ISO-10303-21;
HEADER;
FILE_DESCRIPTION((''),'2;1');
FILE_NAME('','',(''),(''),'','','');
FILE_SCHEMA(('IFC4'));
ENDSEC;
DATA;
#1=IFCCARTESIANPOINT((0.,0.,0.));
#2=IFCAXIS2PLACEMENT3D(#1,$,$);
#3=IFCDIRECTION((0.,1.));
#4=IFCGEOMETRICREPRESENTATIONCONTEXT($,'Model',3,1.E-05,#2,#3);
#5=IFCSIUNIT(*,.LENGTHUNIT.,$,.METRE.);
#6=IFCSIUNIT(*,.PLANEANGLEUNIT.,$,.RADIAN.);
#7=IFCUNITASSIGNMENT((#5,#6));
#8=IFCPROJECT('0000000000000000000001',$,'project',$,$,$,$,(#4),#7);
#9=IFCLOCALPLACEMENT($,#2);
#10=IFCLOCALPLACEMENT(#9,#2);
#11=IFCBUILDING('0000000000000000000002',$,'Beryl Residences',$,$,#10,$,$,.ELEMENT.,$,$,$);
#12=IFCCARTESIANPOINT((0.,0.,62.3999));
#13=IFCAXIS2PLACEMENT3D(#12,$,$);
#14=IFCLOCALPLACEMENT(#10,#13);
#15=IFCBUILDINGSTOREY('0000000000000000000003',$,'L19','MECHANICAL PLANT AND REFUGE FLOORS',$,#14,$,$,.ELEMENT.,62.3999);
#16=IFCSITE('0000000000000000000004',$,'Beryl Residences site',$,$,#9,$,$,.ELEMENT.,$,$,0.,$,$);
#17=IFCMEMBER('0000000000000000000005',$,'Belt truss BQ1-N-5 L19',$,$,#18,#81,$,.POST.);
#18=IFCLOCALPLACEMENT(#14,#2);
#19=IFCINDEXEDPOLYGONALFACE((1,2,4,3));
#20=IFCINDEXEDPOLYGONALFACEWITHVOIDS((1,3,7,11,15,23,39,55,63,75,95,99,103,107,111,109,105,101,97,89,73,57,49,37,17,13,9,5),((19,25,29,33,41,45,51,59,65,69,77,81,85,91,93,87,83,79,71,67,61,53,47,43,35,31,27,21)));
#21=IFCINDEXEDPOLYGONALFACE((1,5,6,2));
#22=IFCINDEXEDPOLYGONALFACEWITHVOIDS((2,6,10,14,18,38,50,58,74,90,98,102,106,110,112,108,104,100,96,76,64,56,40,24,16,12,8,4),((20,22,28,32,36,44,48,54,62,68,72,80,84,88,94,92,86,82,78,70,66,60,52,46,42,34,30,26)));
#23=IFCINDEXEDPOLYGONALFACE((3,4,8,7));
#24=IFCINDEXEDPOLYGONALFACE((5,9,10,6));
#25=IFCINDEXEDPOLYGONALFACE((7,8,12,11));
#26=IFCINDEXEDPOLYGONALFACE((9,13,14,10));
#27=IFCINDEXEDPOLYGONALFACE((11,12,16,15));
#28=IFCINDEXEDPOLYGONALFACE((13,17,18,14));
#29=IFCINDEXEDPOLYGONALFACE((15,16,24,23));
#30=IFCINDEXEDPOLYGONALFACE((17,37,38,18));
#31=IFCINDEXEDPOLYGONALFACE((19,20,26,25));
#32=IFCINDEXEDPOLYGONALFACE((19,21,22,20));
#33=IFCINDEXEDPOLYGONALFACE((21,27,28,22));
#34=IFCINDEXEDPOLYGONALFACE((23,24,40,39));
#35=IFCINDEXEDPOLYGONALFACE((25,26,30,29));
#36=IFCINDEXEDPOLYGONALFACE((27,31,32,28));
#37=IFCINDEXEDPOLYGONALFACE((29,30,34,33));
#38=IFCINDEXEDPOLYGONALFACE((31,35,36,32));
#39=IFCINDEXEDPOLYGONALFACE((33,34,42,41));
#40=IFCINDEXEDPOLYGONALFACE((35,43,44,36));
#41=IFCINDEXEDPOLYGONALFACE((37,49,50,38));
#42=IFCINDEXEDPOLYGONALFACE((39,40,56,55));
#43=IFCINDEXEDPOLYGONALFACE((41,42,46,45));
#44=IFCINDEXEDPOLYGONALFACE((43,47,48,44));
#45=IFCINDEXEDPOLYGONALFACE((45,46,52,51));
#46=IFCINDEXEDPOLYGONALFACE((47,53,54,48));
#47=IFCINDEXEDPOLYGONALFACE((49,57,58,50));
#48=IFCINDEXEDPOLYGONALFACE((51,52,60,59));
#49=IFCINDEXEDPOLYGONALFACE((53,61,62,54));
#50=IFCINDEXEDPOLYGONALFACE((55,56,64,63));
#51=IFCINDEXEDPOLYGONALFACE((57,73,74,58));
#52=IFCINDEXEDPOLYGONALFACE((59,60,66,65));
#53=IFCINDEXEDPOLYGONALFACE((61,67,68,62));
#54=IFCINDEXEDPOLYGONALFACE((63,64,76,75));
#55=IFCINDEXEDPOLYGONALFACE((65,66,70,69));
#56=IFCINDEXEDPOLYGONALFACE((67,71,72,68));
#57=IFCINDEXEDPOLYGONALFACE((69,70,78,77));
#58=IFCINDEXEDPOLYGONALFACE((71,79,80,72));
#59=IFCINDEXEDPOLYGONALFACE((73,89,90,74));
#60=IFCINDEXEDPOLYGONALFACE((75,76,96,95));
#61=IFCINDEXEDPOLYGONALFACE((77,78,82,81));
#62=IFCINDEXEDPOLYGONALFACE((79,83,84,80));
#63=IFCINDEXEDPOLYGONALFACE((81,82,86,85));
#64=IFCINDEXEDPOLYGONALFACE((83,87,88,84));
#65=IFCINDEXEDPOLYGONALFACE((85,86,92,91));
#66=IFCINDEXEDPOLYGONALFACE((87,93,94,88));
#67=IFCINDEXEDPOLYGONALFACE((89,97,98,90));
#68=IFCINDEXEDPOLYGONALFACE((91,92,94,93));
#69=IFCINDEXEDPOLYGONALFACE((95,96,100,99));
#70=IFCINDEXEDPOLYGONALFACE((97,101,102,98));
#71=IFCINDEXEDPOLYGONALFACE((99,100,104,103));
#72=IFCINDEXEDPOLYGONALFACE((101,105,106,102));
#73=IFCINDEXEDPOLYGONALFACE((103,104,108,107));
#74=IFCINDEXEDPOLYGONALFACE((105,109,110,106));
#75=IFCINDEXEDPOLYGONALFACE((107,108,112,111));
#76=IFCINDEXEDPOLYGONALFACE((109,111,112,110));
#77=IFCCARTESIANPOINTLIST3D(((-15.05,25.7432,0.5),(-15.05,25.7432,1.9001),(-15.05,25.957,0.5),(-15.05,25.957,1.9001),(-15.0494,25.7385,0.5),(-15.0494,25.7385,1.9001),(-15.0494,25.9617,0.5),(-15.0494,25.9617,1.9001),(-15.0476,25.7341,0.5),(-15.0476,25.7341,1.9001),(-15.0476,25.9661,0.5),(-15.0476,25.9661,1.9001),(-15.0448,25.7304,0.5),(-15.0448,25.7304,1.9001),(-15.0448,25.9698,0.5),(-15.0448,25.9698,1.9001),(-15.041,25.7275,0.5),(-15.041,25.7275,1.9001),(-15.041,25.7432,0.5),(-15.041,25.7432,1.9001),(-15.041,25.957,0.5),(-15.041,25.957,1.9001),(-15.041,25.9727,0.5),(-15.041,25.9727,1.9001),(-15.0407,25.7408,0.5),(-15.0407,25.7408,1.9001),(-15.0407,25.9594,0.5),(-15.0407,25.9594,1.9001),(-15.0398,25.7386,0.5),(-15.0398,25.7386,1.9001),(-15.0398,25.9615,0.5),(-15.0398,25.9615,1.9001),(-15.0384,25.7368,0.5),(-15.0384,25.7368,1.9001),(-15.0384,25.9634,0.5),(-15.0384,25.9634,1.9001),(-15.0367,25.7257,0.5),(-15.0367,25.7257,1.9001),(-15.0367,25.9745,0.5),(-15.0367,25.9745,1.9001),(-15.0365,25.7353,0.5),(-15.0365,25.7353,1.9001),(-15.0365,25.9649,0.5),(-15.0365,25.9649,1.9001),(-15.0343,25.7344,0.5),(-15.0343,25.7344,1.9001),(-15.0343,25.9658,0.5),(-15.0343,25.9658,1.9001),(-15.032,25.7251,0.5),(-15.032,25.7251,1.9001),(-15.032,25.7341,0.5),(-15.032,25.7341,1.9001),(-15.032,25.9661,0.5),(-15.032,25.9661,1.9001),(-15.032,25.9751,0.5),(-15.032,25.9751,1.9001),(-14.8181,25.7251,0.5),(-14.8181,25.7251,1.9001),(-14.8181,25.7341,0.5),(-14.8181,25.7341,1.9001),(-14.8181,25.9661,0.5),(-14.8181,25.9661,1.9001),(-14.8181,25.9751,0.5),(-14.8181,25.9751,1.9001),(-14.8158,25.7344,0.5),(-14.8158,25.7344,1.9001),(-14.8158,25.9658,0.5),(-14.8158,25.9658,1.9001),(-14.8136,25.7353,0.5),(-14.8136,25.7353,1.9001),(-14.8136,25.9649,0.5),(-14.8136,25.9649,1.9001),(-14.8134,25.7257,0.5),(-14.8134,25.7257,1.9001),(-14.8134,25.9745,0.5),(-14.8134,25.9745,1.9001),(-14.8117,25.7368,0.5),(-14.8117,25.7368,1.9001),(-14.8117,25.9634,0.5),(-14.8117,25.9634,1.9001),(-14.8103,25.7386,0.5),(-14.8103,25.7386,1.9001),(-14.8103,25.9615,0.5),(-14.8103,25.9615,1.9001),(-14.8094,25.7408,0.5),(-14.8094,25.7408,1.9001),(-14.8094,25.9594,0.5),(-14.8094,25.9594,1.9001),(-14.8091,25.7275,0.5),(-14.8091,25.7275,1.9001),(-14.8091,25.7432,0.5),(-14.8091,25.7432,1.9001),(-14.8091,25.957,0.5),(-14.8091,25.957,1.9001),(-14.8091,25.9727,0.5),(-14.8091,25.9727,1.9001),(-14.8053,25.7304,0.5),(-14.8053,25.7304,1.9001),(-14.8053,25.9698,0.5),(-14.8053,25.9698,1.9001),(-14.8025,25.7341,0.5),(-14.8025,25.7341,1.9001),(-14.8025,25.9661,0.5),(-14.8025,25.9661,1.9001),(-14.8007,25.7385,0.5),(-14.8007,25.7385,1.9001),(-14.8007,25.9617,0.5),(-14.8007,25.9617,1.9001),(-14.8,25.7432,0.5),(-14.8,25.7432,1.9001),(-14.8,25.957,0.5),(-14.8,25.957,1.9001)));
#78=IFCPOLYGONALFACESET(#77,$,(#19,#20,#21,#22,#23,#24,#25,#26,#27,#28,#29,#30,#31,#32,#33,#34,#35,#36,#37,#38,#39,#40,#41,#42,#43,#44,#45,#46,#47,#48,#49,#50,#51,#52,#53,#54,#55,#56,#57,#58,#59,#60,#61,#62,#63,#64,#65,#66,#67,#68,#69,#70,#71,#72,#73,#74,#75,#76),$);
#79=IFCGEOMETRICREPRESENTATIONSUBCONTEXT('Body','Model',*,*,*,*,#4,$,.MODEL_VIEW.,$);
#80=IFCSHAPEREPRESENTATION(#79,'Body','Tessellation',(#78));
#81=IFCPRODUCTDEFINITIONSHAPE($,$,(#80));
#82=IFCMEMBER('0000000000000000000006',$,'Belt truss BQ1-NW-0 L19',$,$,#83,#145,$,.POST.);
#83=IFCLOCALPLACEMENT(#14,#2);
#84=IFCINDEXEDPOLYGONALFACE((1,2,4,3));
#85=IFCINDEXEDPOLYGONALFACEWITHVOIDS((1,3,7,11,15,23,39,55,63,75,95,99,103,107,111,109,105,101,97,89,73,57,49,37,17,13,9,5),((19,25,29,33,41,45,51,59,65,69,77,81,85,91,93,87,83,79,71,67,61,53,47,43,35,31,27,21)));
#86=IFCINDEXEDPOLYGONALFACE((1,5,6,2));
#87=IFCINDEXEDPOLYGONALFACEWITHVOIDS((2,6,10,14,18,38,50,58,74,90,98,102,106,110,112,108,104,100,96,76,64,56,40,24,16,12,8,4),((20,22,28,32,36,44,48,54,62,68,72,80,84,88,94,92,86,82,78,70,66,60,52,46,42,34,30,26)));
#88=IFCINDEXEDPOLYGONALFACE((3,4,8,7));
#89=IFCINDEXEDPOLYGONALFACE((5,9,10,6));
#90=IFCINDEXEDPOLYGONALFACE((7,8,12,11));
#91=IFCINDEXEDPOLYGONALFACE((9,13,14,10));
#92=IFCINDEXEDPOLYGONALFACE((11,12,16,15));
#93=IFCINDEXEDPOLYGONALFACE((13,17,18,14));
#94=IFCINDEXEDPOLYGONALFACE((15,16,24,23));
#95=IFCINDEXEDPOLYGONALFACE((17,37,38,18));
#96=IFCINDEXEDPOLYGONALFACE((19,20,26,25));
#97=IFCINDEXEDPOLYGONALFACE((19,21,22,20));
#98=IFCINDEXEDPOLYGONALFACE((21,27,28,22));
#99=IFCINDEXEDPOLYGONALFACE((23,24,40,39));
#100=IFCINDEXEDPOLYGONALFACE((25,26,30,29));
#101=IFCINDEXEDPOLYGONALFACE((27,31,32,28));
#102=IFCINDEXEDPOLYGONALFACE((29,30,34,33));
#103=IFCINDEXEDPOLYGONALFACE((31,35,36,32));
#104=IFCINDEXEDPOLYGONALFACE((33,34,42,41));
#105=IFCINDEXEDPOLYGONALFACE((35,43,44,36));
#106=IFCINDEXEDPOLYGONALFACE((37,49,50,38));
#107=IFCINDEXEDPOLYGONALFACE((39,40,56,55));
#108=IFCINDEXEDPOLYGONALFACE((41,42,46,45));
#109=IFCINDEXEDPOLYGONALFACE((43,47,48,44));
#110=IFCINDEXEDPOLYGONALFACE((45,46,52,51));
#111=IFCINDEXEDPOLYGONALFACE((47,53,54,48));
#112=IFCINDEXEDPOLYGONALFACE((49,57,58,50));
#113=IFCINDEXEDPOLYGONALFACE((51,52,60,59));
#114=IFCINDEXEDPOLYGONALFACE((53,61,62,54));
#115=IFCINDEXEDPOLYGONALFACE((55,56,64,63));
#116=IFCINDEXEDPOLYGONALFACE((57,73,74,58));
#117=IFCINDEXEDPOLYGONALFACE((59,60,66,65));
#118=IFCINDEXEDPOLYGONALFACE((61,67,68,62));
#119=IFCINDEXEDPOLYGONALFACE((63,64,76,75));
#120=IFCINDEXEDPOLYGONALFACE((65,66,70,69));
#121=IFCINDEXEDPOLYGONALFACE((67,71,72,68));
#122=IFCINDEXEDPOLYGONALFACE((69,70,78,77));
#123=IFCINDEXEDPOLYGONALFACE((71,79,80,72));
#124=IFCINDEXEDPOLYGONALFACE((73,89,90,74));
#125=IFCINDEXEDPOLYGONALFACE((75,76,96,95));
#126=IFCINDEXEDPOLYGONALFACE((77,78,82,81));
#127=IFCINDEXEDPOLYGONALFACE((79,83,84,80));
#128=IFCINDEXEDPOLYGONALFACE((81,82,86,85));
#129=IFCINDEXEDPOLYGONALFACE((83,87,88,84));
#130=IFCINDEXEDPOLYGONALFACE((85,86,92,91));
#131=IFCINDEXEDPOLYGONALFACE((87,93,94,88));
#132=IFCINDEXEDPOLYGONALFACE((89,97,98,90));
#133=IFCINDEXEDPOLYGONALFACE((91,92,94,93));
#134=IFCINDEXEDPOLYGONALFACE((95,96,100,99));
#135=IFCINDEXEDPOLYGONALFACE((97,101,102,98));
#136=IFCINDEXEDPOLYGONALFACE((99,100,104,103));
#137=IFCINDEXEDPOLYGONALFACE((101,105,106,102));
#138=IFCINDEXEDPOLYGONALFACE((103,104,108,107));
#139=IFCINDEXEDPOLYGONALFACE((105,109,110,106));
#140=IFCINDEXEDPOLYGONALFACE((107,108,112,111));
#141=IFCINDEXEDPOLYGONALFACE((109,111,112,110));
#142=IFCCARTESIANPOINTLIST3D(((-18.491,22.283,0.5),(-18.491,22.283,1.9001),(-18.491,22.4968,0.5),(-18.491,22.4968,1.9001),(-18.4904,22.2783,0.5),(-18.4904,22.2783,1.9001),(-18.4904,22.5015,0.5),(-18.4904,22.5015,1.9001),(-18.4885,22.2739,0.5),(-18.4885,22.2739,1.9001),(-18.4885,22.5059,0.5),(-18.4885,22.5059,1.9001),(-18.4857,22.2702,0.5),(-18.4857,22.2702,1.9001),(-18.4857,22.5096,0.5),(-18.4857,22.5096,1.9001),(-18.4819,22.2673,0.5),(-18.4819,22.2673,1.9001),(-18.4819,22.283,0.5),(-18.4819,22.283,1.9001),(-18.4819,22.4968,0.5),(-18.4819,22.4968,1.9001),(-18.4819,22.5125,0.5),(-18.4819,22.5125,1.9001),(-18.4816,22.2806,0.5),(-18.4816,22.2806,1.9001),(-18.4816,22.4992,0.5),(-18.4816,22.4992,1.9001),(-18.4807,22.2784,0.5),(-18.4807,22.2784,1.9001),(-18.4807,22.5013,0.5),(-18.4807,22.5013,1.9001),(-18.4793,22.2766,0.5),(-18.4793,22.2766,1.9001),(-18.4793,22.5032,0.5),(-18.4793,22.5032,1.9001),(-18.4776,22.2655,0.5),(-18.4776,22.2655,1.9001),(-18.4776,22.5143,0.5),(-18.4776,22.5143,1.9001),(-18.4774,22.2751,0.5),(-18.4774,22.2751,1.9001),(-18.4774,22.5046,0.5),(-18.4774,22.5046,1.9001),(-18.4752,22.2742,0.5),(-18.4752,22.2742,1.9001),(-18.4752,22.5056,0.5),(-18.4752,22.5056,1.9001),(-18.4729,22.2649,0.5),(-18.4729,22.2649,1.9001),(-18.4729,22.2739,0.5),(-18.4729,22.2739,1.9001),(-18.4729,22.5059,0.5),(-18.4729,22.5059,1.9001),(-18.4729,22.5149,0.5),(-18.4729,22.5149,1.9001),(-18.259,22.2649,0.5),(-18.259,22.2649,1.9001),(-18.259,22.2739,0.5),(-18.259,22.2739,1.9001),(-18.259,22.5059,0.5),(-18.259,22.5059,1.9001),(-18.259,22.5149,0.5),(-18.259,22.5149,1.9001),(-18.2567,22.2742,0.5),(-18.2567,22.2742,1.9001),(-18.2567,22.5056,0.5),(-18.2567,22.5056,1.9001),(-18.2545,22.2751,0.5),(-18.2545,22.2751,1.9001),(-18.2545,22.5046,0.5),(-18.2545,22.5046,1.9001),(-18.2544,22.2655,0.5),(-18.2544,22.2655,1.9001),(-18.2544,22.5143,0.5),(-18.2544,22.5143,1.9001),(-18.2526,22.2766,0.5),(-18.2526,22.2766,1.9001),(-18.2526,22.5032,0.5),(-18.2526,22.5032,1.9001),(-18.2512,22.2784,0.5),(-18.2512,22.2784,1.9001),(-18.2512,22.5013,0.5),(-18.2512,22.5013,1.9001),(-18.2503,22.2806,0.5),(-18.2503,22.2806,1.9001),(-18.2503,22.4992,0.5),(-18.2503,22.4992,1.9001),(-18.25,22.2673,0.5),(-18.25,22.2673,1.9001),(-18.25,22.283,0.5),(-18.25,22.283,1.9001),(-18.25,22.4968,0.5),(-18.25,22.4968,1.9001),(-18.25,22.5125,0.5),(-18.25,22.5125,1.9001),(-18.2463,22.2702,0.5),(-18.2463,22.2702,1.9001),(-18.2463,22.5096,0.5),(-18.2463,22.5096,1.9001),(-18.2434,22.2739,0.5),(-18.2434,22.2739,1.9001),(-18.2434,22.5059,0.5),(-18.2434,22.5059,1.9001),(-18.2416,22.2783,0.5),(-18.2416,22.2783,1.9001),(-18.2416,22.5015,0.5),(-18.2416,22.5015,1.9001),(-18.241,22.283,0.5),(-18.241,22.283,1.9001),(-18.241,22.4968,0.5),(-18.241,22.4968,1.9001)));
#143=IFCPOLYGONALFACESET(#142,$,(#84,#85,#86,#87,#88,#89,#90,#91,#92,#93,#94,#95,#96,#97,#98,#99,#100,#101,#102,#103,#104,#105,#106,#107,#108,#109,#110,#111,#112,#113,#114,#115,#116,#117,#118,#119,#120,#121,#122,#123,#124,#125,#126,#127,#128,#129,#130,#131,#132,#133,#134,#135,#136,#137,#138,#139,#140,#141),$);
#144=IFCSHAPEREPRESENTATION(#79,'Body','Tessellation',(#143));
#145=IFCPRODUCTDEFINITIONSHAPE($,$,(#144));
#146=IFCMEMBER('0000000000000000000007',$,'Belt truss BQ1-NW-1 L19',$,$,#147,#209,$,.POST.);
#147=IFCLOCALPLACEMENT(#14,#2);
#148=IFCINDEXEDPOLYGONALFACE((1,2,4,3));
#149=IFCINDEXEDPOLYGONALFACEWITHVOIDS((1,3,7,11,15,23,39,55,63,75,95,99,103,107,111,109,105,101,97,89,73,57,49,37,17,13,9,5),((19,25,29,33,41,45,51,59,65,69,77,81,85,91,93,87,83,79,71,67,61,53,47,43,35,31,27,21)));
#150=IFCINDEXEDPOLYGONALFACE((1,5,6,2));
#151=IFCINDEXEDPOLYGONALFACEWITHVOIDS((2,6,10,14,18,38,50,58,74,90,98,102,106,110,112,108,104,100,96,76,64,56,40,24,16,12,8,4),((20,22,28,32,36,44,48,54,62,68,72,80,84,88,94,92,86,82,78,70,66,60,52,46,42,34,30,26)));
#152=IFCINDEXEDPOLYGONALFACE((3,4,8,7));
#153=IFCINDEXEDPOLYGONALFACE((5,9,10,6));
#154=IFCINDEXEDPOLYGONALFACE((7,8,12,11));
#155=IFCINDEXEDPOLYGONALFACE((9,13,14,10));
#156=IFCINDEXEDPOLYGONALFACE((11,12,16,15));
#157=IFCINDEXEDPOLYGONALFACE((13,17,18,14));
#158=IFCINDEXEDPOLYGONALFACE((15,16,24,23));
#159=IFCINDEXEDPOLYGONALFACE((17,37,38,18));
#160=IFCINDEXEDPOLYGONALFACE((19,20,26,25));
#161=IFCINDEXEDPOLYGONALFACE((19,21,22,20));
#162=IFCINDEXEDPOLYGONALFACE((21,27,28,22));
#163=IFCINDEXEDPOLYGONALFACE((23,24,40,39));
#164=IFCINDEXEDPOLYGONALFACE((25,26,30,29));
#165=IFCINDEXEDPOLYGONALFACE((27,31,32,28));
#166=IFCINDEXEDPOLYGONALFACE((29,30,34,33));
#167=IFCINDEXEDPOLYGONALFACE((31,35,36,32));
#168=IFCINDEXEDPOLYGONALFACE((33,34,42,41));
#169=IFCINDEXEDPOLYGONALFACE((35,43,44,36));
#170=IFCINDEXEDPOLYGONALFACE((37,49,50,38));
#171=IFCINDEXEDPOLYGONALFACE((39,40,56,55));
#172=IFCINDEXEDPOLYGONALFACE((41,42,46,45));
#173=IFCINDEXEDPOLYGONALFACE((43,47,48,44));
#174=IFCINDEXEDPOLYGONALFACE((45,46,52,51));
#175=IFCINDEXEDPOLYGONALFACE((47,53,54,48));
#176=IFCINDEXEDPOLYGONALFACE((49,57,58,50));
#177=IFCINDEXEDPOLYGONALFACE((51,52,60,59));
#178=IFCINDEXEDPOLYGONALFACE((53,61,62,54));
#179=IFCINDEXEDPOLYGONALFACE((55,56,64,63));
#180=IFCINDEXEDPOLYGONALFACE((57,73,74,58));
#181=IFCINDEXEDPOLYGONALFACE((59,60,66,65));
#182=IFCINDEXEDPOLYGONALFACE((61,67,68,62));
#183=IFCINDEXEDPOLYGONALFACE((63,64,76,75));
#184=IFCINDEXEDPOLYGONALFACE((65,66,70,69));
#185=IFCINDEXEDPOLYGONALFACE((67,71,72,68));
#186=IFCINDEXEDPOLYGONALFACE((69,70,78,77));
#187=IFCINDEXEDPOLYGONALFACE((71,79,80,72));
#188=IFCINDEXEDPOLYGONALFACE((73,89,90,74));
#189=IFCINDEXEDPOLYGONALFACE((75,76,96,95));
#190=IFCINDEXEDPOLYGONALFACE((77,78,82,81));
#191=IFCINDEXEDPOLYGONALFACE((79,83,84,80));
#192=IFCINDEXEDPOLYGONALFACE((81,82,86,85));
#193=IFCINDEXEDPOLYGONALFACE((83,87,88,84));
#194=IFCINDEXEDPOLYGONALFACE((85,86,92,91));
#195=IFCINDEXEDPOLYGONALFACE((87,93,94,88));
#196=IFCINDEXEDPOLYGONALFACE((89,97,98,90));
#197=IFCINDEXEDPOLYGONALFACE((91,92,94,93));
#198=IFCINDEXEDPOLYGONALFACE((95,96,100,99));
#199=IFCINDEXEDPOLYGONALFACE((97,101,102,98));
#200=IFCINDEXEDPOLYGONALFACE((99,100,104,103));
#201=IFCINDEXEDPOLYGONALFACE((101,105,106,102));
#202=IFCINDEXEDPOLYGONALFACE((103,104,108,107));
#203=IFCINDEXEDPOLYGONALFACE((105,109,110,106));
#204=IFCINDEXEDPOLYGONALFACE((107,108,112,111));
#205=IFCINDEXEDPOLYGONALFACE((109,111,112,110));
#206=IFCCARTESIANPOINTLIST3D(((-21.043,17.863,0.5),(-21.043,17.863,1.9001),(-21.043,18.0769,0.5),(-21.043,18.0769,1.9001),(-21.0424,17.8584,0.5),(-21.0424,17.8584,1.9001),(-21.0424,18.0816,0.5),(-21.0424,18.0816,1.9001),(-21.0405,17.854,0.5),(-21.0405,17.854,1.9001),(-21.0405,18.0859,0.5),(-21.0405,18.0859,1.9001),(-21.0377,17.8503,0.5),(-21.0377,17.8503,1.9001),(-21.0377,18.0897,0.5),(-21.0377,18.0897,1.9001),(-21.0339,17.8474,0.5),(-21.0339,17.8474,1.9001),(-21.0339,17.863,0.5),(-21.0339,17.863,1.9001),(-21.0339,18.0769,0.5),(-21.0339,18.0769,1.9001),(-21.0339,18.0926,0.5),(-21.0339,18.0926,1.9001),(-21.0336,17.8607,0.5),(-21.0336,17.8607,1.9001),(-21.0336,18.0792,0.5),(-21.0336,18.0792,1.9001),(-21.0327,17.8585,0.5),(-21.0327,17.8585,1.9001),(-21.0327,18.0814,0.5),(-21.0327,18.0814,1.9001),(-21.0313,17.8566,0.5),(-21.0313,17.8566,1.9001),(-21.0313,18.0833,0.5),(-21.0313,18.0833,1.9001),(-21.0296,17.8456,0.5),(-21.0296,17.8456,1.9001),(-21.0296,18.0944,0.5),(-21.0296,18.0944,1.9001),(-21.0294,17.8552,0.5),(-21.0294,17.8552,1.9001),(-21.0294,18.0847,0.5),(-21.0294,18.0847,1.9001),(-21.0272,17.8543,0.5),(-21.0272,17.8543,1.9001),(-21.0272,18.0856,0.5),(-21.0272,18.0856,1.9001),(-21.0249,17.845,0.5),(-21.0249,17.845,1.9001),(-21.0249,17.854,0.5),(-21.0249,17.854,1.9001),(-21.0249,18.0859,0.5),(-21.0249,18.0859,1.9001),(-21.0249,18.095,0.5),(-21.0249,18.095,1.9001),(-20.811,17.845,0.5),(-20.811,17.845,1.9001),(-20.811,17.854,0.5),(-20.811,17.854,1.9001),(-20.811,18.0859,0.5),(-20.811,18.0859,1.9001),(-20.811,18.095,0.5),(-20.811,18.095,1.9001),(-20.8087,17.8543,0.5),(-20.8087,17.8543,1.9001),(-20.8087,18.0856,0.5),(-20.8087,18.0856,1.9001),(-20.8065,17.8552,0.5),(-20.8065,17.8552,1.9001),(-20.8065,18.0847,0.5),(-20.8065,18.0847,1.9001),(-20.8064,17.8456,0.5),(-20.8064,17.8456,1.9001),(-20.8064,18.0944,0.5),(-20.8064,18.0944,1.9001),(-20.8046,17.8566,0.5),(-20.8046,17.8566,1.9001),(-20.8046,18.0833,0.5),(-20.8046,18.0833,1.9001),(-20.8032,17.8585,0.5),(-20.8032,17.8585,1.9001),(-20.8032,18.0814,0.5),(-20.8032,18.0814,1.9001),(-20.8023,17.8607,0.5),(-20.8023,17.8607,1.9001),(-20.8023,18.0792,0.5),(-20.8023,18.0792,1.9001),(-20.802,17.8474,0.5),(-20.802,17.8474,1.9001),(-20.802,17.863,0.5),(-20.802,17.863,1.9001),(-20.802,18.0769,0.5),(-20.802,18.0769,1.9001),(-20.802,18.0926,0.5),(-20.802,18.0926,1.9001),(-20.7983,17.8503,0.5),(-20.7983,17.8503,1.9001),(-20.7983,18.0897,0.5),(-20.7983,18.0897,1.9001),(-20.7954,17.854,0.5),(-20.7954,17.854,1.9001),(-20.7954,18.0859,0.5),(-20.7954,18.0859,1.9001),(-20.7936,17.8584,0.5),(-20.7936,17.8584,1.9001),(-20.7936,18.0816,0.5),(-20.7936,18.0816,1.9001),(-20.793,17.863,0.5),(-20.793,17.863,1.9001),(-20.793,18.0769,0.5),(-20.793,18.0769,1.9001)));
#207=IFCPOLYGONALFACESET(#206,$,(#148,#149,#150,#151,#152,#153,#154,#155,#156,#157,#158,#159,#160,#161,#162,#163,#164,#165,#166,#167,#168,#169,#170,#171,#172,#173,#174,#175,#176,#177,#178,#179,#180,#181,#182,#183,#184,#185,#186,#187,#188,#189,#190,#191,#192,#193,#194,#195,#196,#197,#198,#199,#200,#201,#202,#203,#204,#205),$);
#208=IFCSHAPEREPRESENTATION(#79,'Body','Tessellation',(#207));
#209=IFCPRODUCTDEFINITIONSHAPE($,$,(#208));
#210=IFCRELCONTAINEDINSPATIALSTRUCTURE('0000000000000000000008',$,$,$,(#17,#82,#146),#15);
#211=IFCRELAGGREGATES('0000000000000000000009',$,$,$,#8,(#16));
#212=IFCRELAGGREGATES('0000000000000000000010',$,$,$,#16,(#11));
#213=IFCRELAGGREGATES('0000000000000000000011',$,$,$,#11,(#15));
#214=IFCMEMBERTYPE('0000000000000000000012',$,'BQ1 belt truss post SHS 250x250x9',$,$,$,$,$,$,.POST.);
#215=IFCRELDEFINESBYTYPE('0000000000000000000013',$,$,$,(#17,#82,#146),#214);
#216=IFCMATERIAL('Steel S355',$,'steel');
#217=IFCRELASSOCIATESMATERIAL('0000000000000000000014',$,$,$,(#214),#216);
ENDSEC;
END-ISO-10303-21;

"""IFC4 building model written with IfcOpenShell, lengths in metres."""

from ifc_helpers import new_model, si_unit, direction, frame, origin, origin_2d, place, context, subcontext, project, spatial, hollow_rectangle, extrude, material, material_profile, profile_set, type_object, element, save


model = new_model("IFC4")

# Units and contexts
model_context = context("Model", 3, precision=1e-05, world=origin(), true_north=direction((0.0, 1.0)))
body_context = subcontext(model_context, "Body", "Model", "MODEL_VIEW")
ifc_project = project(units=[si_unit("LENGTHUNIT", "METRE"), si_unit("PLANEANGLEUNIT", "RADIAN")], contexts=[model_context])

# Site, building, storey
site_placement = place(None, origin())
site = spatial("IfcSite", under=ifc_project, at=site_placement, Name="Beryl Residences site", CompositionType="ELEMENT", RefElevation=0.0)
building_placement = place(site_placement, origin())
building = spatial("IfcBuilding", under=site, at=building_placement, Name="Beryl Residences", CompositionType="ELEMENT")
storey_placement = place(building_placement, frame((0.0, 0.0, 62.3999)))
storey = spatial("IfcBuildingStorey", under=building, at=storey_placement, Name="L19", Description="MECHANICAL PLANT AND REFUGE FLOORS", CompositionType="ELEMENT", Elevation=62.3999)

# Members
ifc_material_1 = material(Name="Steel S355", Category="steel")
ifc_material_profile_1 = material_profile(ifc_material_1, hollow_rectangle(XDim=0.25, YDim=0.25, WallThickness=0.009, InnerFilletRadius=0.009, OuterFilletRadius=0.0181, at=origin_2d()))
ifc_profile_set_1 = profile_set([ifc_material_profile_1], Name="Steel S355")
member_type_1 = type_object("IfcMemberType", Name="BQ1 belt truss post SHS 250x250x9", PredefinedType="POST", material=ifc_profile_set_1)
for number, where, z_axis, x_axis, name in (
    (1, (-14.925, 25.8501, 0.5), (0.0, 0.0, 1.0), (1.0, 0.0, 0.0), "Belt truss BQ1-N-5 L19"),
    (2, (-18.366, 22.3899, 0.5), (0.0, 0.0, 1.0), (1.0, 0.0, 0.0), "Belt truss BQ1-NW-0 L19"),
    (3, (-20.918, 17.97, 0.5), (0.0, 0.0, 1.0), (1.0, 0.0, 0.0), "Belt truss BQ1-NW-1 L19"),
):
    element("IfcMember", number, at=place(storey_placement, frame(where, z_axis=z_axis, x_axis=x_axis)), inside=storey, type_object=member_type_1, Name=name, PredefinedType="POST", context=body_context, shape_type="SweptSolid", body=[
        extrude(hollow_rectangle(XDim=0.25, YDim=0.25, WallThickness=0.009, InnerFilletRadius=0.009, OuterFilletRadius=0.0181, at=origin_2d()), origin(), (0.0, 0.0, 1.0), 1.4001),
    ])

save(model, "model.ifc")
